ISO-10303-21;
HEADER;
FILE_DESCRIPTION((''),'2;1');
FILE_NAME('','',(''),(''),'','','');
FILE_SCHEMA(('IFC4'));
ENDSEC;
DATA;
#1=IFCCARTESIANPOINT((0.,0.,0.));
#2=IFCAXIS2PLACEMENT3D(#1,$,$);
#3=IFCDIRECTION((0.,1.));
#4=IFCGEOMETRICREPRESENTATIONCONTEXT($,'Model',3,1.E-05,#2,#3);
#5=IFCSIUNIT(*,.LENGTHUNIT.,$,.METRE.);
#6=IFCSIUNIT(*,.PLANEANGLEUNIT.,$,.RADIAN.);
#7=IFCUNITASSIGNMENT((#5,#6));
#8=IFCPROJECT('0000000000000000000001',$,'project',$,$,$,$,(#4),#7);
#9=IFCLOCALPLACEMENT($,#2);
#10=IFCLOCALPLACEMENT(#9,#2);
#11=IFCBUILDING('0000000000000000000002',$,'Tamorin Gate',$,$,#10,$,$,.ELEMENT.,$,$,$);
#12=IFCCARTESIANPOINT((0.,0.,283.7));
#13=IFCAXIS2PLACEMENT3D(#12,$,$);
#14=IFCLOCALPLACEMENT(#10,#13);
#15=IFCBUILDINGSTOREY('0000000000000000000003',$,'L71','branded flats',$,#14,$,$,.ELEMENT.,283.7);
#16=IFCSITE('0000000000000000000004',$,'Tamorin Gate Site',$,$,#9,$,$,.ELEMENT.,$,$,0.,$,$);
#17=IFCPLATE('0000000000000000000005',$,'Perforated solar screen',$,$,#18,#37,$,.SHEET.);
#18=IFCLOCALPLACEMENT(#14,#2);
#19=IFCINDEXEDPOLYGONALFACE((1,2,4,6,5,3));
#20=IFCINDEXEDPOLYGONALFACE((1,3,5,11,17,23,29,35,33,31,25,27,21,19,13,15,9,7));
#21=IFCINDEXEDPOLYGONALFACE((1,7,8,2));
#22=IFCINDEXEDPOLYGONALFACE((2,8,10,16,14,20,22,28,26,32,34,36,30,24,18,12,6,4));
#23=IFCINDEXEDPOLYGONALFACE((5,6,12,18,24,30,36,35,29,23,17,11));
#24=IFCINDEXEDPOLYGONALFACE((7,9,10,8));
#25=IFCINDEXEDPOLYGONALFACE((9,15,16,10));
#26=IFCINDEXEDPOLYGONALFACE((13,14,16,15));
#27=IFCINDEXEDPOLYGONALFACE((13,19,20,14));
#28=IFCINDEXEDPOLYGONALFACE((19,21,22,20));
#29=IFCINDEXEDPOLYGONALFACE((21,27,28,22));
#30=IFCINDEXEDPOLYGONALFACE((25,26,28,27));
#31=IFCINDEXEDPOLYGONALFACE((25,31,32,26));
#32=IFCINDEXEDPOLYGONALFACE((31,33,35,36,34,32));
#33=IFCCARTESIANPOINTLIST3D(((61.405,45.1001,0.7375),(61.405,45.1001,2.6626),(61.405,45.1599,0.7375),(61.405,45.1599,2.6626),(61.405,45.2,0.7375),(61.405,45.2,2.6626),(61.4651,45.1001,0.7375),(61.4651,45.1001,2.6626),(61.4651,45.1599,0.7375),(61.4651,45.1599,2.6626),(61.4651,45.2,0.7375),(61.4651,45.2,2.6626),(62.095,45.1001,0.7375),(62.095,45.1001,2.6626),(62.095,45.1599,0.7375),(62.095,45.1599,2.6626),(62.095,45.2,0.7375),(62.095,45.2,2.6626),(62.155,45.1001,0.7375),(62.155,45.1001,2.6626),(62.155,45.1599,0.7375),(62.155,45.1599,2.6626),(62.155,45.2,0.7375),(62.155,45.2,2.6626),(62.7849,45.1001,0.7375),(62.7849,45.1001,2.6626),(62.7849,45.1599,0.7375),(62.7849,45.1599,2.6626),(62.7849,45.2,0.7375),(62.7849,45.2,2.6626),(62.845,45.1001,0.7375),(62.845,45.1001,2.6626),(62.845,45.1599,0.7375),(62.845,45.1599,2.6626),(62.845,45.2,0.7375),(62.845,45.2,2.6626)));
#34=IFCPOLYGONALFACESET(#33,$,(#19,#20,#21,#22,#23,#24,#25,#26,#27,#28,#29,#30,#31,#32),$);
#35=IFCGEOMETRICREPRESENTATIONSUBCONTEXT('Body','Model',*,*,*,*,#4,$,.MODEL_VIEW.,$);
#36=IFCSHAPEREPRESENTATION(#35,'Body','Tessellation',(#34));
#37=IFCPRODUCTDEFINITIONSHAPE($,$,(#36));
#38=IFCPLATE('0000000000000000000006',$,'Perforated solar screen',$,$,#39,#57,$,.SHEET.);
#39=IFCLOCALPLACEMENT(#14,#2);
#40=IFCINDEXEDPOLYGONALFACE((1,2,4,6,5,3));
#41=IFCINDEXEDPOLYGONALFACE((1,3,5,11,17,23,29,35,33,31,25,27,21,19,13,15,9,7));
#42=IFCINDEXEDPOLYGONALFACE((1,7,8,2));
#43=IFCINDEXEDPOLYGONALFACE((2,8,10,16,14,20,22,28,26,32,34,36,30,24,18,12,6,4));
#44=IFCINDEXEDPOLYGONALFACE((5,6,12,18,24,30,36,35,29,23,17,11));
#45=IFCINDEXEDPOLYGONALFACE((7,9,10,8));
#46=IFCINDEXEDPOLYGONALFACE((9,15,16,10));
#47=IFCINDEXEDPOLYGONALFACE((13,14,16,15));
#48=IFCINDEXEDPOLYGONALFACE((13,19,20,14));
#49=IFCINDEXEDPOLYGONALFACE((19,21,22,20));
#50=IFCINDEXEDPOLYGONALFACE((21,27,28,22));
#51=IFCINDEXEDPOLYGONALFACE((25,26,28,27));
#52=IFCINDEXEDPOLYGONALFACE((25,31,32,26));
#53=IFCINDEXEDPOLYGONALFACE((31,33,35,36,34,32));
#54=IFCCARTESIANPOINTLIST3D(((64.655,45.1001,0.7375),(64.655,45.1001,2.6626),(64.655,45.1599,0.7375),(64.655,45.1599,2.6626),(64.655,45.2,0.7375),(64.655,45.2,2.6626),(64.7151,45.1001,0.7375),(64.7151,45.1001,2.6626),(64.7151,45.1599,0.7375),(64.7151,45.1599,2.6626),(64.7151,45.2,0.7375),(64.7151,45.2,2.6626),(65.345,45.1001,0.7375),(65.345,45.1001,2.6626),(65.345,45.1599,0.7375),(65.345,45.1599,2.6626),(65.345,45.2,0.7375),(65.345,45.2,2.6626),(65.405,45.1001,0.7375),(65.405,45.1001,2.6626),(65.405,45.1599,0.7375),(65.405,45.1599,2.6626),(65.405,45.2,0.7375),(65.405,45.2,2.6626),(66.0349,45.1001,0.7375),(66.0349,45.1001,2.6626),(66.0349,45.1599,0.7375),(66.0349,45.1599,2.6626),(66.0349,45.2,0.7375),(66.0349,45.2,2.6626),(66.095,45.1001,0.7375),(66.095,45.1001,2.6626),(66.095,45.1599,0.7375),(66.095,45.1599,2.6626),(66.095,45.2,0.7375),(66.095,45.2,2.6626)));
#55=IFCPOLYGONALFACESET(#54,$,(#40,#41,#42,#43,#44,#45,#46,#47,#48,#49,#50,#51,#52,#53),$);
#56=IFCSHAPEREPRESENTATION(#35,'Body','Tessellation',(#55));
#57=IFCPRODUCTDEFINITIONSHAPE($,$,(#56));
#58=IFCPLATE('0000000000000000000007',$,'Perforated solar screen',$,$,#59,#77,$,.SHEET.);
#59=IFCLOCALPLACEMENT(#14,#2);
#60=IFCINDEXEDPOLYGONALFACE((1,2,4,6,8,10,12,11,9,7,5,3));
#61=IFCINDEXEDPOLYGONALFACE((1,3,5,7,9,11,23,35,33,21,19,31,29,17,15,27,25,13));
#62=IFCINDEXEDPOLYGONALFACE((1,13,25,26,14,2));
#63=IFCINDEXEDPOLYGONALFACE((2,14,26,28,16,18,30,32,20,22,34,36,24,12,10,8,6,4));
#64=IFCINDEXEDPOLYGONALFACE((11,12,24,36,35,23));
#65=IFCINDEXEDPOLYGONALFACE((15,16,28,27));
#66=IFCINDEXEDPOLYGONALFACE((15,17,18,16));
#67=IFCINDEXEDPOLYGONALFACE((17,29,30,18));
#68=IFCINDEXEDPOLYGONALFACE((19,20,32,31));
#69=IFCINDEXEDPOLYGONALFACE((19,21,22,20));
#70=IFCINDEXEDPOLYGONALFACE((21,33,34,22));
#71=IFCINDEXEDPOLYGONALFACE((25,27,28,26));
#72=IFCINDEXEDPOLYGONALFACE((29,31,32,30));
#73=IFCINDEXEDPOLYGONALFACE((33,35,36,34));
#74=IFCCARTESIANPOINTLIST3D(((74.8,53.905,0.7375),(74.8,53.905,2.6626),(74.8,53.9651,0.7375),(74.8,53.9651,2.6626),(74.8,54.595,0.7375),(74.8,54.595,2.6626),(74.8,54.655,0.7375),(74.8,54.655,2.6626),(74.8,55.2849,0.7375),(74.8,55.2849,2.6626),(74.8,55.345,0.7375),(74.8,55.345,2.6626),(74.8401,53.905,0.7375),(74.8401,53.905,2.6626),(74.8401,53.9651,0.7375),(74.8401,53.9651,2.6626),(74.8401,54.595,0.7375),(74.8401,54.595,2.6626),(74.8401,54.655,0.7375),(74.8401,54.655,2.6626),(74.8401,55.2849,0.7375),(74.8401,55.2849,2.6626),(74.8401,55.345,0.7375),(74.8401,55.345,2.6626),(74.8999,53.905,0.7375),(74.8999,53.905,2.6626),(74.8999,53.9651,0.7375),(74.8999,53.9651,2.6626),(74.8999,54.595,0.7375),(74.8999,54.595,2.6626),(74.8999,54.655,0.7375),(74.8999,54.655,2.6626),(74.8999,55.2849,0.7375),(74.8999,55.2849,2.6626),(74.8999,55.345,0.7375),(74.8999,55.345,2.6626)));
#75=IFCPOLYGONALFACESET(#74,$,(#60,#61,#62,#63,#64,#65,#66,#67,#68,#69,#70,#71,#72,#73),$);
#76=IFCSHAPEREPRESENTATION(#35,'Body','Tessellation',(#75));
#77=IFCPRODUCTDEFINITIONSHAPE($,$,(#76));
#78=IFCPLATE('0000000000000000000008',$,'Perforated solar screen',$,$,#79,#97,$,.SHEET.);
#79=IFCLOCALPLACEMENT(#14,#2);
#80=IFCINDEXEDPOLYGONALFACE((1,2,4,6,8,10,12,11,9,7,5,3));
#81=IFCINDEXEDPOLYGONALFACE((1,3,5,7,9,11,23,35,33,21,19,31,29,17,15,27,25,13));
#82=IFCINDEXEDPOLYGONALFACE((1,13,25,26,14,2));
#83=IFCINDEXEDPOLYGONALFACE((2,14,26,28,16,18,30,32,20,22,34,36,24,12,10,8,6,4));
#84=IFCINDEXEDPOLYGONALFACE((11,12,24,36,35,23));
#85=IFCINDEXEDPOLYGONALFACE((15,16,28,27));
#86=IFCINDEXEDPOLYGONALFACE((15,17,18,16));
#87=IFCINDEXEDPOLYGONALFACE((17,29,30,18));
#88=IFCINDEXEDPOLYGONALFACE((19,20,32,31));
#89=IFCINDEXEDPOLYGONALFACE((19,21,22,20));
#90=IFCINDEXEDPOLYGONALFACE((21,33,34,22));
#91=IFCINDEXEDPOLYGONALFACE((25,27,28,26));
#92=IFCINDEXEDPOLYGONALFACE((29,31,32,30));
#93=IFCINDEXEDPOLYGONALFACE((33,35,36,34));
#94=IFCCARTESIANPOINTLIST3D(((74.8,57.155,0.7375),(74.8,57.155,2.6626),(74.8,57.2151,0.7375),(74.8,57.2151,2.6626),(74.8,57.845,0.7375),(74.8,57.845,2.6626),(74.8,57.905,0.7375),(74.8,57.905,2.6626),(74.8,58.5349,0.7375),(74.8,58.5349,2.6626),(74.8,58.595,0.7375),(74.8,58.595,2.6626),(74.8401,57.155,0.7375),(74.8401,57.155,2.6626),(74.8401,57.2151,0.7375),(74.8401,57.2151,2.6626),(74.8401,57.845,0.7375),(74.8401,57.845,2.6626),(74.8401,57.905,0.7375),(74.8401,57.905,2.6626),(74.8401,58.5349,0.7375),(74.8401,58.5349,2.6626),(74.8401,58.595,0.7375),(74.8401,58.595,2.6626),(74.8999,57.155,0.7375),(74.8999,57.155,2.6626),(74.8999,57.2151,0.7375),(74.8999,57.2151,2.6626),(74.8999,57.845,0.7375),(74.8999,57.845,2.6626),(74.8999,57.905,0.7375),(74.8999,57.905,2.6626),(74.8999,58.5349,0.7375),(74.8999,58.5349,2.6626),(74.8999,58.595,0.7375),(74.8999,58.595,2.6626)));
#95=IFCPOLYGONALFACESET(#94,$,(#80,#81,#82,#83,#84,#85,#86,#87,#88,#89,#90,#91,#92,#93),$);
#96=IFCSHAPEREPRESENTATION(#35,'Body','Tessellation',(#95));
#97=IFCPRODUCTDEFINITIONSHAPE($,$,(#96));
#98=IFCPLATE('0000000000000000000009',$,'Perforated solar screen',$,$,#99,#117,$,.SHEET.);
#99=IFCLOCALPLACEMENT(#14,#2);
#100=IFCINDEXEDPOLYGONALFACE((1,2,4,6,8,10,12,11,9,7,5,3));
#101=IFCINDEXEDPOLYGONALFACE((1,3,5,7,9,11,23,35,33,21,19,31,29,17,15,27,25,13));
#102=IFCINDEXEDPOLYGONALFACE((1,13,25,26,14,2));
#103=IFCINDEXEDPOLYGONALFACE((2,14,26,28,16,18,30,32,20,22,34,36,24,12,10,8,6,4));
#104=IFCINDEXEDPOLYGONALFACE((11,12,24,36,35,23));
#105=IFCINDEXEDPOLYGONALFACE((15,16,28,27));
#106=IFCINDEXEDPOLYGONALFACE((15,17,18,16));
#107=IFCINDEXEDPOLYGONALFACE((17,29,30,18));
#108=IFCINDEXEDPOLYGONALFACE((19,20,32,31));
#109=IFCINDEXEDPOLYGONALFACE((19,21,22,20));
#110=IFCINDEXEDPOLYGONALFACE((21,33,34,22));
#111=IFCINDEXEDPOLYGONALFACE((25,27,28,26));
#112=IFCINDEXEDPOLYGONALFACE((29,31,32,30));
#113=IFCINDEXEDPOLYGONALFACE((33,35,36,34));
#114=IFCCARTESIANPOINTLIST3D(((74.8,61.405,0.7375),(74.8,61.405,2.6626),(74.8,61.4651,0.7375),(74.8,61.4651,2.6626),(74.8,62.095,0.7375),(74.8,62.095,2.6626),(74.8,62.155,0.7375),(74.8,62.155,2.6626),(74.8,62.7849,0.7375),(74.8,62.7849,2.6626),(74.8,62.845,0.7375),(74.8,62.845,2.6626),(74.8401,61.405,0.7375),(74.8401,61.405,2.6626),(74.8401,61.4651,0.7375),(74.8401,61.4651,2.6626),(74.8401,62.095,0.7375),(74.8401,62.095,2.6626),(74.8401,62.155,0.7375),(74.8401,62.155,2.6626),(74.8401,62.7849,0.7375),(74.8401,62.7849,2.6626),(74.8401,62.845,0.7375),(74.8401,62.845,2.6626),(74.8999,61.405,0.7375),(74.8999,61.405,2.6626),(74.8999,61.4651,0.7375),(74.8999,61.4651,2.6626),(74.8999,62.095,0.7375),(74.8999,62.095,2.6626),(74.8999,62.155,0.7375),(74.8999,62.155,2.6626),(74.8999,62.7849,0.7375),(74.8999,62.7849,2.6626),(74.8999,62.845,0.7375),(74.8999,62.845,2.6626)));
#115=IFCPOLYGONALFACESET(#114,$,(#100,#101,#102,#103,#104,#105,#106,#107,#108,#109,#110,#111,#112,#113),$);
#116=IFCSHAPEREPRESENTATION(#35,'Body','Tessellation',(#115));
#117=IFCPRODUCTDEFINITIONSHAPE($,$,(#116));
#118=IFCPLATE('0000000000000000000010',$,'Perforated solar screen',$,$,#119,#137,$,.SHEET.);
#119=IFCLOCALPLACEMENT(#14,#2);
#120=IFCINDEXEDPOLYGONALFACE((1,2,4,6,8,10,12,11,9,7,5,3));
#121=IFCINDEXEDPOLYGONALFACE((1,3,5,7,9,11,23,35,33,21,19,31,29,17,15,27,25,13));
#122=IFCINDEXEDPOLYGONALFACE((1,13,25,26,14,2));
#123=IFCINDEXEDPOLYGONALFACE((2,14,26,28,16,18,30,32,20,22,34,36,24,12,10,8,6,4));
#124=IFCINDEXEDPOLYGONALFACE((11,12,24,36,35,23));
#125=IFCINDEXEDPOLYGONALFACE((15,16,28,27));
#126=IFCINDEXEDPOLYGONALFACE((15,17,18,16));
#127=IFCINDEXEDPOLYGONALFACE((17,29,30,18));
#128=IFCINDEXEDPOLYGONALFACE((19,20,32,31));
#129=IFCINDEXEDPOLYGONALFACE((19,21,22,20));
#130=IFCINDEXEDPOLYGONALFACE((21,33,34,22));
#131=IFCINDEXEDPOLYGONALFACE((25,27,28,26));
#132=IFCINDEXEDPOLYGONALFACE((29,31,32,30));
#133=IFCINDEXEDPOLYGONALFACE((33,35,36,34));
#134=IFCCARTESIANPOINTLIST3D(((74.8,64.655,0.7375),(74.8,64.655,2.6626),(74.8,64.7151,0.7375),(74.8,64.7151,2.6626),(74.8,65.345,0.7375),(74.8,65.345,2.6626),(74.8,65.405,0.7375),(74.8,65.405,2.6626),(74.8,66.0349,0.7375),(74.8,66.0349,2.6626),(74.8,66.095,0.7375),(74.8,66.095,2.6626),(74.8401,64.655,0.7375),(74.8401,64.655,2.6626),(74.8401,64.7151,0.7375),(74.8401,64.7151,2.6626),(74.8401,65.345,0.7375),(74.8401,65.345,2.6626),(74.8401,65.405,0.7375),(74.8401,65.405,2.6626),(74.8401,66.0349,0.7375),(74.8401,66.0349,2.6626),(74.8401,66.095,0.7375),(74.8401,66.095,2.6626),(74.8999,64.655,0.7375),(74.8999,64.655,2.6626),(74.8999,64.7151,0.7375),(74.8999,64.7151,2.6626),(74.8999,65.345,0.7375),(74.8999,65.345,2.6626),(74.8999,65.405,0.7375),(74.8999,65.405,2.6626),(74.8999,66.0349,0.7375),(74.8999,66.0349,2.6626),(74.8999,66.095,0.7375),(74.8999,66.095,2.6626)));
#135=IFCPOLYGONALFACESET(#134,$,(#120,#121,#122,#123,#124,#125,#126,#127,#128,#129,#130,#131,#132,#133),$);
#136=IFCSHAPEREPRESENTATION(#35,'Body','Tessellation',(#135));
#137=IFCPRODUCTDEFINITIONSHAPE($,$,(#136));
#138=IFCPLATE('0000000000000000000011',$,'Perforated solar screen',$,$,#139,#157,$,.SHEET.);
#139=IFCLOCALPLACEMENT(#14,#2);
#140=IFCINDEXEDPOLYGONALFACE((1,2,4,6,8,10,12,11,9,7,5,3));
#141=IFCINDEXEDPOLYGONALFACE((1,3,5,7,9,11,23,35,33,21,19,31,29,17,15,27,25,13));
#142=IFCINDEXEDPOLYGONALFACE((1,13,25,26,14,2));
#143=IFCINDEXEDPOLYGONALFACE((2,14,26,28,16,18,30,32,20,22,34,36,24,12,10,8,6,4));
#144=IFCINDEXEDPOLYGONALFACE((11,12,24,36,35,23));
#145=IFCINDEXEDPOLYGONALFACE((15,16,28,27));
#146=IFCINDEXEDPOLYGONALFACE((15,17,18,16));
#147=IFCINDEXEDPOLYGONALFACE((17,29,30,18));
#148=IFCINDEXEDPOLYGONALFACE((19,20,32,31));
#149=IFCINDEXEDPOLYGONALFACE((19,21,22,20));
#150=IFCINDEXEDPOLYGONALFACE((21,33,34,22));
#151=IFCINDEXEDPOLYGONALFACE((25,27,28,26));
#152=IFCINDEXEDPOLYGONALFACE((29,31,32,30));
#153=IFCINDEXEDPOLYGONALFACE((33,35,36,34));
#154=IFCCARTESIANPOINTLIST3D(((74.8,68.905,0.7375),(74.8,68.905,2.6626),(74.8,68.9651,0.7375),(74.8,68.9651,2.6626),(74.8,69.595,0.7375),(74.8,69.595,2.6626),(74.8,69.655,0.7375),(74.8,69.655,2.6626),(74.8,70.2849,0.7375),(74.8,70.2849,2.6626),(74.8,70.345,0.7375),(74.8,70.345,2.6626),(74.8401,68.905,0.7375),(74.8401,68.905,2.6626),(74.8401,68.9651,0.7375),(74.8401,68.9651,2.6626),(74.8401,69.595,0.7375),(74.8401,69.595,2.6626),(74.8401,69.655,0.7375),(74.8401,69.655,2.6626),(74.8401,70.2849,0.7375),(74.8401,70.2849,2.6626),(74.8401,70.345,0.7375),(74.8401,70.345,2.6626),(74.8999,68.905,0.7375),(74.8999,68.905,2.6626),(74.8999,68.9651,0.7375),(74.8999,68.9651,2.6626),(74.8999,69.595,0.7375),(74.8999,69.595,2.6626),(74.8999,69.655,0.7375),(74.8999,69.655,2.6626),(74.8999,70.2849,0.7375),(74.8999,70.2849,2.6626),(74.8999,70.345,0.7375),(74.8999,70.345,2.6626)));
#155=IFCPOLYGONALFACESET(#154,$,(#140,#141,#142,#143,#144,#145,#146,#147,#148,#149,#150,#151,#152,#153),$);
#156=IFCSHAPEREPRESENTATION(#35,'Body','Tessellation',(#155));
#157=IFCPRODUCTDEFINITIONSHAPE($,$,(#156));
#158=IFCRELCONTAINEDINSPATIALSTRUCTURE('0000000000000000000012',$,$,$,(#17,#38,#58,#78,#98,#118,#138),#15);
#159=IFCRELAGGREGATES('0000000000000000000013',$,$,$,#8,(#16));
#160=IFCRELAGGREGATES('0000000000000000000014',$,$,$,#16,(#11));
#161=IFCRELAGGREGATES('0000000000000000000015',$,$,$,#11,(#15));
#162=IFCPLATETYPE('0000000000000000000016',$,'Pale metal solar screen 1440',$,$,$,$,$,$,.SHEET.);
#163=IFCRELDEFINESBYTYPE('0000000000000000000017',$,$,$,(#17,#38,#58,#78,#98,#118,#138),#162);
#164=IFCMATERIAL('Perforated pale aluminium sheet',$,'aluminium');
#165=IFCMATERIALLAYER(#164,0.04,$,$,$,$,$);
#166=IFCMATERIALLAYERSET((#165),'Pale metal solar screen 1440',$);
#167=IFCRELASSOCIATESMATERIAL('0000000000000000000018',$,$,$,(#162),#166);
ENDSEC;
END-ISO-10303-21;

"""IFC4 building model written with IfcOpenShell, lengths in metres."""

from ifc_helpers import new_model, si_unit, direction, frame, origin, place, context, subcontext, project, spatial, polyline, outline, extrude, material, layer, layer_set, type_object, element, save


model = new_model("IFC4")

# Units and contexts
model_context = context("Model", 3, precision=1e-05, world=origin(), true_north=direction((0.0, 1.0)))
body_context = subcontext(model_context, "Body", "Model", "MODEL_VIEW")
ifc_project = project(units=[si_unit("LENGTHUNIT", "METRE"), si_unit("PLANEANGLEUNIT", "RADIAN")], contexts=[model_context])

# Site, building, storey
site_placement = place(None, origin())
site = spatial("IfcSite", under=ifc_project, at=site_placement, Name="Tamorin Gate Site", CompositionType="ELEMENT", RefElevation=0.0)
building_placement = place(site_placement, origin())
building = spatial("IfcBuilding", under=site, at=building_placement, Name="Tamorin Gate", CompositionType="ELEMENT")
storey_placement = place(building_placement, frame((0.0, 0.0, 283.7)))
storey = spatial("IfcBuildingStorey", under=building, at=storey_placement, Name="L71", Description="branded flats", CompositionType="ELEMENT", Elevation=283.7)

# Plates
ifc_material_1 = material(Name="Perforated pale aluminium sheet", Category="aluminium")
ifc_layer_1 = layer(ifc_material_1, 0.04)
ifc_layer_set_1 = layer_set([ifc_layer_1], Name="Pale metal solar screen 1440")
plate_type = type_object("IfcPlateType", Name="Pale metal solar screen 1440", PredefinedType="SHEET", material=ifc_layer_set_1)
plate_1_placement = place(storey_placement, frame((0.0, 0.0, 0.7375)))
element("IfcPlate", 1, at=plate_1_placement, inside=storey, type_object=plate_type, Name="Perforated solar screen", PredefinedType="SHEET", context=body_context, shape_type="SweptSolid", body=[
    extrude(outline(polyline([(61.405, 45.1599), (61.405, 45.2), (61.4651, 45.2), (62.095, 45.2), (62.155, 45.2), (62.7849, 45.2), (62.845, 45.2), (62.845, 45.1599), (62.845, 45.1001), (62.7849, 45.1001), (62.7849, 45.1599), (62.155, 45.1599), (62.155, 45.1001), (62.095, 45.1001), (62.095, 45.1599), (61.4651, 45.1599), (61.4651, 45.1001), (61.405, 45.1001), (61.405, 45.1599)])), origin(), (0.0, 0.0, 1.0), 1.925),
])
plate_2_placement = place(storey_placement, frame((0.0, 0.0, 0.7375)))
element("IfcPlate", 2, at=plate_2_placement, inside=storey, type_object=plate_type, Name="Perforated solar screen", PredefinedType="SHEET", context=body_context, shape_type="SweptSolid", body=[
    extrude(outline(polyline([(64.655, 45.1599), (64.655, 45.2), (64.7151, 45.2), (65.345, 45.2), (65.405, 45.2), (66.0349, 45.2), (66.095, 45.2), (66.095, 45.1599), (66.095, 45.1001), (66.0349, 45.1001), (66.0349, 45.1599), (65.405, 45.1599), (65.405, 45.1001), (65.345, 45.1001), (65.345, 45.1599), (64.7151, 45.1599), (64.7151, 45.1001), (64.655, 45.1001), (64.655, 45.1599)])), origin(), (0.0, 0.0, 1.0), 1.925),
])
plate_3_placement = place(storey_placement, frame((0.0, 0.0, 0.7375)))
element("IfcPlate", 3, at=plate_3_placement, inside=storey, type_object=plate_type, Name="Perforated solar screen", PredefinedType="SHEET", context=body_context, shape_type="SweptSolid", body=[
    extrude(outline(polyline([(74.8401, 53.905), (74.8, 53.905), (74.8, 53.9651), (74.8, 54.595), (74.8, 54.655), (74.8, 55.2849), (74.8, 55.345), (74.8, 55.345), (74.8401, 55.345), (74.8401, 55.345), (74.8999, 55.345), (74.8999, 55.2849), (74.8401, 55.2849), (74.8401, 54.655), (74.8999, 54.655), (74.8999, 54.595), (74.8401, 54.595), (74.8401, 53.9651), (74.8999, 53.9651), (74.8999, 53.905), (74.8401, 53.905)])), origin(), (0.0, 0.0, 1.0), 1.925),
])
plate_4_placement = place(storey_placement, frame((0.0, 0.0, 0.7375)))
element("IfcPlate", 4, at=plate_4_placement, inside=storey, type_object=plate_type, Name="Perforated solar screen", PredefinedType="SHEET", context=body_context, shape_type="SweptSolid", body=[
    extrude(outline(polyline([(74.8401, 57.155), (74.8, 57.155), (74.8, 57.2151), (74.8, 57.845), (74.8, 57.905), (74.8, 58.5349), (74.8, 58.595), (74.8, 58.595), (74.8401, 58.595), (74.8401, 58.595), (74.8999, 58.595), (74.8999, 58.5349), (74.8401, 58.5349), (74.8401, 57.905), (74.8999, 57.905), (74.8999, 57.845), (74.8401, 57.845), (74.8401, 57.2151), (74.8999, 57.2151), (74.8999, 57.155), (74.8401, 57.155)])), origin(), (0.0, 0.0, 1.0), 1.925),
])
plate_5_placement = place(storey_placement, frame((0.0, 0.0, 0.7375)))
element("IfcPlate", 5, at=plate_5_placement, inside=storey, type_object=plate_type, Name="Perforated solar screen", PredefinedType="SHEET", context=body_context, shape_type="SweptSolid", body=[
    extrude(outline(polyline([(74.8401, 61.405), (74.8, 61.405), (74.8, 61.4651), (74.8, 62.095), (74.8, 62.155), (74.8, 62.7849), (74.8, 62.845), (74.8401, 62.845), (74.8999, 62.845), (74.8999, 62.7849), (74.8401, 62.7849), (74.8401, 62.155), (74.8999, 62.155), (74.8999, 62.095), (74.8401, 62.095), (74.8401, 61.4651), (74.8999, 61.4651), (74.8999, 61.405), (74.8401, 61.405)])), origin(), (0.0, 0.0, 1.0), 1.925),
])
plate_6_placement = place(storey_placement, frame((0.0, 0.0, 0.7375)))
element("IfcPlate", 6, at=plate_6_placement, inside=storey, type_object=plate_type, Name="Perforated solar screen", PredefinedType="SHEET", context=body_context, shape_type="SweptSolid", body=[
    extrude(outline(polyline([(74.8401, 64.655), (74.8, 64.655), (74.8, 64.7151), (74.8, 65.345), (74.8, 65.405), (74.8, 66.0349), (74.8, 66.095), (74.8401, 66.095), (74.8999, 66.095), (74.8999, 66.0349), (74.8401, 66.0349), (74.8401, 65.405), (74.8999, 65.405), (74.8999, 65.345), (74.8401, 65.345), (74.8401, 64.7151), (74.8999, 64.7151), (74.8999, 64.655), (74.8401, 64.655)])), origin(), (0.0, 0.0, 1.0), 1.925),
])
plate_7_placement = place(storey_placement, frame((0.0, 0.0, 0.7375)))
element("IfcPlate", 7, at=plate_7_placement, inside=storey, type_object=plate_type, Name="Perforated solar screen", PredefinedType="SHEET", context=body_context, shape_type="SweptSolid", body=[
    extrude(outline(polyline([(74.8401, 68.905), (74.8, 68.905), (74.8, 68.9651), (74.8, 69.595), (74.8, 69.655), (74.8, 70.2849), (74.8, 70.345), (74.8401, 70.345), (74.8999, 70.345), (74.8999, 70.2849), (74.8401, 70.2849), (74.8401, 69.655), (74.8999, 69.655), (74.8999, 69.595), (74.8401, 69.595), (74.8401, 68.9651), (74.8999, 68.9651), (74.8999, 68.905), (74.8401, 68.905)])), origin(), (0.0, 0.0, 1.0), 1.925),
])

save(model, "model.ifc")
